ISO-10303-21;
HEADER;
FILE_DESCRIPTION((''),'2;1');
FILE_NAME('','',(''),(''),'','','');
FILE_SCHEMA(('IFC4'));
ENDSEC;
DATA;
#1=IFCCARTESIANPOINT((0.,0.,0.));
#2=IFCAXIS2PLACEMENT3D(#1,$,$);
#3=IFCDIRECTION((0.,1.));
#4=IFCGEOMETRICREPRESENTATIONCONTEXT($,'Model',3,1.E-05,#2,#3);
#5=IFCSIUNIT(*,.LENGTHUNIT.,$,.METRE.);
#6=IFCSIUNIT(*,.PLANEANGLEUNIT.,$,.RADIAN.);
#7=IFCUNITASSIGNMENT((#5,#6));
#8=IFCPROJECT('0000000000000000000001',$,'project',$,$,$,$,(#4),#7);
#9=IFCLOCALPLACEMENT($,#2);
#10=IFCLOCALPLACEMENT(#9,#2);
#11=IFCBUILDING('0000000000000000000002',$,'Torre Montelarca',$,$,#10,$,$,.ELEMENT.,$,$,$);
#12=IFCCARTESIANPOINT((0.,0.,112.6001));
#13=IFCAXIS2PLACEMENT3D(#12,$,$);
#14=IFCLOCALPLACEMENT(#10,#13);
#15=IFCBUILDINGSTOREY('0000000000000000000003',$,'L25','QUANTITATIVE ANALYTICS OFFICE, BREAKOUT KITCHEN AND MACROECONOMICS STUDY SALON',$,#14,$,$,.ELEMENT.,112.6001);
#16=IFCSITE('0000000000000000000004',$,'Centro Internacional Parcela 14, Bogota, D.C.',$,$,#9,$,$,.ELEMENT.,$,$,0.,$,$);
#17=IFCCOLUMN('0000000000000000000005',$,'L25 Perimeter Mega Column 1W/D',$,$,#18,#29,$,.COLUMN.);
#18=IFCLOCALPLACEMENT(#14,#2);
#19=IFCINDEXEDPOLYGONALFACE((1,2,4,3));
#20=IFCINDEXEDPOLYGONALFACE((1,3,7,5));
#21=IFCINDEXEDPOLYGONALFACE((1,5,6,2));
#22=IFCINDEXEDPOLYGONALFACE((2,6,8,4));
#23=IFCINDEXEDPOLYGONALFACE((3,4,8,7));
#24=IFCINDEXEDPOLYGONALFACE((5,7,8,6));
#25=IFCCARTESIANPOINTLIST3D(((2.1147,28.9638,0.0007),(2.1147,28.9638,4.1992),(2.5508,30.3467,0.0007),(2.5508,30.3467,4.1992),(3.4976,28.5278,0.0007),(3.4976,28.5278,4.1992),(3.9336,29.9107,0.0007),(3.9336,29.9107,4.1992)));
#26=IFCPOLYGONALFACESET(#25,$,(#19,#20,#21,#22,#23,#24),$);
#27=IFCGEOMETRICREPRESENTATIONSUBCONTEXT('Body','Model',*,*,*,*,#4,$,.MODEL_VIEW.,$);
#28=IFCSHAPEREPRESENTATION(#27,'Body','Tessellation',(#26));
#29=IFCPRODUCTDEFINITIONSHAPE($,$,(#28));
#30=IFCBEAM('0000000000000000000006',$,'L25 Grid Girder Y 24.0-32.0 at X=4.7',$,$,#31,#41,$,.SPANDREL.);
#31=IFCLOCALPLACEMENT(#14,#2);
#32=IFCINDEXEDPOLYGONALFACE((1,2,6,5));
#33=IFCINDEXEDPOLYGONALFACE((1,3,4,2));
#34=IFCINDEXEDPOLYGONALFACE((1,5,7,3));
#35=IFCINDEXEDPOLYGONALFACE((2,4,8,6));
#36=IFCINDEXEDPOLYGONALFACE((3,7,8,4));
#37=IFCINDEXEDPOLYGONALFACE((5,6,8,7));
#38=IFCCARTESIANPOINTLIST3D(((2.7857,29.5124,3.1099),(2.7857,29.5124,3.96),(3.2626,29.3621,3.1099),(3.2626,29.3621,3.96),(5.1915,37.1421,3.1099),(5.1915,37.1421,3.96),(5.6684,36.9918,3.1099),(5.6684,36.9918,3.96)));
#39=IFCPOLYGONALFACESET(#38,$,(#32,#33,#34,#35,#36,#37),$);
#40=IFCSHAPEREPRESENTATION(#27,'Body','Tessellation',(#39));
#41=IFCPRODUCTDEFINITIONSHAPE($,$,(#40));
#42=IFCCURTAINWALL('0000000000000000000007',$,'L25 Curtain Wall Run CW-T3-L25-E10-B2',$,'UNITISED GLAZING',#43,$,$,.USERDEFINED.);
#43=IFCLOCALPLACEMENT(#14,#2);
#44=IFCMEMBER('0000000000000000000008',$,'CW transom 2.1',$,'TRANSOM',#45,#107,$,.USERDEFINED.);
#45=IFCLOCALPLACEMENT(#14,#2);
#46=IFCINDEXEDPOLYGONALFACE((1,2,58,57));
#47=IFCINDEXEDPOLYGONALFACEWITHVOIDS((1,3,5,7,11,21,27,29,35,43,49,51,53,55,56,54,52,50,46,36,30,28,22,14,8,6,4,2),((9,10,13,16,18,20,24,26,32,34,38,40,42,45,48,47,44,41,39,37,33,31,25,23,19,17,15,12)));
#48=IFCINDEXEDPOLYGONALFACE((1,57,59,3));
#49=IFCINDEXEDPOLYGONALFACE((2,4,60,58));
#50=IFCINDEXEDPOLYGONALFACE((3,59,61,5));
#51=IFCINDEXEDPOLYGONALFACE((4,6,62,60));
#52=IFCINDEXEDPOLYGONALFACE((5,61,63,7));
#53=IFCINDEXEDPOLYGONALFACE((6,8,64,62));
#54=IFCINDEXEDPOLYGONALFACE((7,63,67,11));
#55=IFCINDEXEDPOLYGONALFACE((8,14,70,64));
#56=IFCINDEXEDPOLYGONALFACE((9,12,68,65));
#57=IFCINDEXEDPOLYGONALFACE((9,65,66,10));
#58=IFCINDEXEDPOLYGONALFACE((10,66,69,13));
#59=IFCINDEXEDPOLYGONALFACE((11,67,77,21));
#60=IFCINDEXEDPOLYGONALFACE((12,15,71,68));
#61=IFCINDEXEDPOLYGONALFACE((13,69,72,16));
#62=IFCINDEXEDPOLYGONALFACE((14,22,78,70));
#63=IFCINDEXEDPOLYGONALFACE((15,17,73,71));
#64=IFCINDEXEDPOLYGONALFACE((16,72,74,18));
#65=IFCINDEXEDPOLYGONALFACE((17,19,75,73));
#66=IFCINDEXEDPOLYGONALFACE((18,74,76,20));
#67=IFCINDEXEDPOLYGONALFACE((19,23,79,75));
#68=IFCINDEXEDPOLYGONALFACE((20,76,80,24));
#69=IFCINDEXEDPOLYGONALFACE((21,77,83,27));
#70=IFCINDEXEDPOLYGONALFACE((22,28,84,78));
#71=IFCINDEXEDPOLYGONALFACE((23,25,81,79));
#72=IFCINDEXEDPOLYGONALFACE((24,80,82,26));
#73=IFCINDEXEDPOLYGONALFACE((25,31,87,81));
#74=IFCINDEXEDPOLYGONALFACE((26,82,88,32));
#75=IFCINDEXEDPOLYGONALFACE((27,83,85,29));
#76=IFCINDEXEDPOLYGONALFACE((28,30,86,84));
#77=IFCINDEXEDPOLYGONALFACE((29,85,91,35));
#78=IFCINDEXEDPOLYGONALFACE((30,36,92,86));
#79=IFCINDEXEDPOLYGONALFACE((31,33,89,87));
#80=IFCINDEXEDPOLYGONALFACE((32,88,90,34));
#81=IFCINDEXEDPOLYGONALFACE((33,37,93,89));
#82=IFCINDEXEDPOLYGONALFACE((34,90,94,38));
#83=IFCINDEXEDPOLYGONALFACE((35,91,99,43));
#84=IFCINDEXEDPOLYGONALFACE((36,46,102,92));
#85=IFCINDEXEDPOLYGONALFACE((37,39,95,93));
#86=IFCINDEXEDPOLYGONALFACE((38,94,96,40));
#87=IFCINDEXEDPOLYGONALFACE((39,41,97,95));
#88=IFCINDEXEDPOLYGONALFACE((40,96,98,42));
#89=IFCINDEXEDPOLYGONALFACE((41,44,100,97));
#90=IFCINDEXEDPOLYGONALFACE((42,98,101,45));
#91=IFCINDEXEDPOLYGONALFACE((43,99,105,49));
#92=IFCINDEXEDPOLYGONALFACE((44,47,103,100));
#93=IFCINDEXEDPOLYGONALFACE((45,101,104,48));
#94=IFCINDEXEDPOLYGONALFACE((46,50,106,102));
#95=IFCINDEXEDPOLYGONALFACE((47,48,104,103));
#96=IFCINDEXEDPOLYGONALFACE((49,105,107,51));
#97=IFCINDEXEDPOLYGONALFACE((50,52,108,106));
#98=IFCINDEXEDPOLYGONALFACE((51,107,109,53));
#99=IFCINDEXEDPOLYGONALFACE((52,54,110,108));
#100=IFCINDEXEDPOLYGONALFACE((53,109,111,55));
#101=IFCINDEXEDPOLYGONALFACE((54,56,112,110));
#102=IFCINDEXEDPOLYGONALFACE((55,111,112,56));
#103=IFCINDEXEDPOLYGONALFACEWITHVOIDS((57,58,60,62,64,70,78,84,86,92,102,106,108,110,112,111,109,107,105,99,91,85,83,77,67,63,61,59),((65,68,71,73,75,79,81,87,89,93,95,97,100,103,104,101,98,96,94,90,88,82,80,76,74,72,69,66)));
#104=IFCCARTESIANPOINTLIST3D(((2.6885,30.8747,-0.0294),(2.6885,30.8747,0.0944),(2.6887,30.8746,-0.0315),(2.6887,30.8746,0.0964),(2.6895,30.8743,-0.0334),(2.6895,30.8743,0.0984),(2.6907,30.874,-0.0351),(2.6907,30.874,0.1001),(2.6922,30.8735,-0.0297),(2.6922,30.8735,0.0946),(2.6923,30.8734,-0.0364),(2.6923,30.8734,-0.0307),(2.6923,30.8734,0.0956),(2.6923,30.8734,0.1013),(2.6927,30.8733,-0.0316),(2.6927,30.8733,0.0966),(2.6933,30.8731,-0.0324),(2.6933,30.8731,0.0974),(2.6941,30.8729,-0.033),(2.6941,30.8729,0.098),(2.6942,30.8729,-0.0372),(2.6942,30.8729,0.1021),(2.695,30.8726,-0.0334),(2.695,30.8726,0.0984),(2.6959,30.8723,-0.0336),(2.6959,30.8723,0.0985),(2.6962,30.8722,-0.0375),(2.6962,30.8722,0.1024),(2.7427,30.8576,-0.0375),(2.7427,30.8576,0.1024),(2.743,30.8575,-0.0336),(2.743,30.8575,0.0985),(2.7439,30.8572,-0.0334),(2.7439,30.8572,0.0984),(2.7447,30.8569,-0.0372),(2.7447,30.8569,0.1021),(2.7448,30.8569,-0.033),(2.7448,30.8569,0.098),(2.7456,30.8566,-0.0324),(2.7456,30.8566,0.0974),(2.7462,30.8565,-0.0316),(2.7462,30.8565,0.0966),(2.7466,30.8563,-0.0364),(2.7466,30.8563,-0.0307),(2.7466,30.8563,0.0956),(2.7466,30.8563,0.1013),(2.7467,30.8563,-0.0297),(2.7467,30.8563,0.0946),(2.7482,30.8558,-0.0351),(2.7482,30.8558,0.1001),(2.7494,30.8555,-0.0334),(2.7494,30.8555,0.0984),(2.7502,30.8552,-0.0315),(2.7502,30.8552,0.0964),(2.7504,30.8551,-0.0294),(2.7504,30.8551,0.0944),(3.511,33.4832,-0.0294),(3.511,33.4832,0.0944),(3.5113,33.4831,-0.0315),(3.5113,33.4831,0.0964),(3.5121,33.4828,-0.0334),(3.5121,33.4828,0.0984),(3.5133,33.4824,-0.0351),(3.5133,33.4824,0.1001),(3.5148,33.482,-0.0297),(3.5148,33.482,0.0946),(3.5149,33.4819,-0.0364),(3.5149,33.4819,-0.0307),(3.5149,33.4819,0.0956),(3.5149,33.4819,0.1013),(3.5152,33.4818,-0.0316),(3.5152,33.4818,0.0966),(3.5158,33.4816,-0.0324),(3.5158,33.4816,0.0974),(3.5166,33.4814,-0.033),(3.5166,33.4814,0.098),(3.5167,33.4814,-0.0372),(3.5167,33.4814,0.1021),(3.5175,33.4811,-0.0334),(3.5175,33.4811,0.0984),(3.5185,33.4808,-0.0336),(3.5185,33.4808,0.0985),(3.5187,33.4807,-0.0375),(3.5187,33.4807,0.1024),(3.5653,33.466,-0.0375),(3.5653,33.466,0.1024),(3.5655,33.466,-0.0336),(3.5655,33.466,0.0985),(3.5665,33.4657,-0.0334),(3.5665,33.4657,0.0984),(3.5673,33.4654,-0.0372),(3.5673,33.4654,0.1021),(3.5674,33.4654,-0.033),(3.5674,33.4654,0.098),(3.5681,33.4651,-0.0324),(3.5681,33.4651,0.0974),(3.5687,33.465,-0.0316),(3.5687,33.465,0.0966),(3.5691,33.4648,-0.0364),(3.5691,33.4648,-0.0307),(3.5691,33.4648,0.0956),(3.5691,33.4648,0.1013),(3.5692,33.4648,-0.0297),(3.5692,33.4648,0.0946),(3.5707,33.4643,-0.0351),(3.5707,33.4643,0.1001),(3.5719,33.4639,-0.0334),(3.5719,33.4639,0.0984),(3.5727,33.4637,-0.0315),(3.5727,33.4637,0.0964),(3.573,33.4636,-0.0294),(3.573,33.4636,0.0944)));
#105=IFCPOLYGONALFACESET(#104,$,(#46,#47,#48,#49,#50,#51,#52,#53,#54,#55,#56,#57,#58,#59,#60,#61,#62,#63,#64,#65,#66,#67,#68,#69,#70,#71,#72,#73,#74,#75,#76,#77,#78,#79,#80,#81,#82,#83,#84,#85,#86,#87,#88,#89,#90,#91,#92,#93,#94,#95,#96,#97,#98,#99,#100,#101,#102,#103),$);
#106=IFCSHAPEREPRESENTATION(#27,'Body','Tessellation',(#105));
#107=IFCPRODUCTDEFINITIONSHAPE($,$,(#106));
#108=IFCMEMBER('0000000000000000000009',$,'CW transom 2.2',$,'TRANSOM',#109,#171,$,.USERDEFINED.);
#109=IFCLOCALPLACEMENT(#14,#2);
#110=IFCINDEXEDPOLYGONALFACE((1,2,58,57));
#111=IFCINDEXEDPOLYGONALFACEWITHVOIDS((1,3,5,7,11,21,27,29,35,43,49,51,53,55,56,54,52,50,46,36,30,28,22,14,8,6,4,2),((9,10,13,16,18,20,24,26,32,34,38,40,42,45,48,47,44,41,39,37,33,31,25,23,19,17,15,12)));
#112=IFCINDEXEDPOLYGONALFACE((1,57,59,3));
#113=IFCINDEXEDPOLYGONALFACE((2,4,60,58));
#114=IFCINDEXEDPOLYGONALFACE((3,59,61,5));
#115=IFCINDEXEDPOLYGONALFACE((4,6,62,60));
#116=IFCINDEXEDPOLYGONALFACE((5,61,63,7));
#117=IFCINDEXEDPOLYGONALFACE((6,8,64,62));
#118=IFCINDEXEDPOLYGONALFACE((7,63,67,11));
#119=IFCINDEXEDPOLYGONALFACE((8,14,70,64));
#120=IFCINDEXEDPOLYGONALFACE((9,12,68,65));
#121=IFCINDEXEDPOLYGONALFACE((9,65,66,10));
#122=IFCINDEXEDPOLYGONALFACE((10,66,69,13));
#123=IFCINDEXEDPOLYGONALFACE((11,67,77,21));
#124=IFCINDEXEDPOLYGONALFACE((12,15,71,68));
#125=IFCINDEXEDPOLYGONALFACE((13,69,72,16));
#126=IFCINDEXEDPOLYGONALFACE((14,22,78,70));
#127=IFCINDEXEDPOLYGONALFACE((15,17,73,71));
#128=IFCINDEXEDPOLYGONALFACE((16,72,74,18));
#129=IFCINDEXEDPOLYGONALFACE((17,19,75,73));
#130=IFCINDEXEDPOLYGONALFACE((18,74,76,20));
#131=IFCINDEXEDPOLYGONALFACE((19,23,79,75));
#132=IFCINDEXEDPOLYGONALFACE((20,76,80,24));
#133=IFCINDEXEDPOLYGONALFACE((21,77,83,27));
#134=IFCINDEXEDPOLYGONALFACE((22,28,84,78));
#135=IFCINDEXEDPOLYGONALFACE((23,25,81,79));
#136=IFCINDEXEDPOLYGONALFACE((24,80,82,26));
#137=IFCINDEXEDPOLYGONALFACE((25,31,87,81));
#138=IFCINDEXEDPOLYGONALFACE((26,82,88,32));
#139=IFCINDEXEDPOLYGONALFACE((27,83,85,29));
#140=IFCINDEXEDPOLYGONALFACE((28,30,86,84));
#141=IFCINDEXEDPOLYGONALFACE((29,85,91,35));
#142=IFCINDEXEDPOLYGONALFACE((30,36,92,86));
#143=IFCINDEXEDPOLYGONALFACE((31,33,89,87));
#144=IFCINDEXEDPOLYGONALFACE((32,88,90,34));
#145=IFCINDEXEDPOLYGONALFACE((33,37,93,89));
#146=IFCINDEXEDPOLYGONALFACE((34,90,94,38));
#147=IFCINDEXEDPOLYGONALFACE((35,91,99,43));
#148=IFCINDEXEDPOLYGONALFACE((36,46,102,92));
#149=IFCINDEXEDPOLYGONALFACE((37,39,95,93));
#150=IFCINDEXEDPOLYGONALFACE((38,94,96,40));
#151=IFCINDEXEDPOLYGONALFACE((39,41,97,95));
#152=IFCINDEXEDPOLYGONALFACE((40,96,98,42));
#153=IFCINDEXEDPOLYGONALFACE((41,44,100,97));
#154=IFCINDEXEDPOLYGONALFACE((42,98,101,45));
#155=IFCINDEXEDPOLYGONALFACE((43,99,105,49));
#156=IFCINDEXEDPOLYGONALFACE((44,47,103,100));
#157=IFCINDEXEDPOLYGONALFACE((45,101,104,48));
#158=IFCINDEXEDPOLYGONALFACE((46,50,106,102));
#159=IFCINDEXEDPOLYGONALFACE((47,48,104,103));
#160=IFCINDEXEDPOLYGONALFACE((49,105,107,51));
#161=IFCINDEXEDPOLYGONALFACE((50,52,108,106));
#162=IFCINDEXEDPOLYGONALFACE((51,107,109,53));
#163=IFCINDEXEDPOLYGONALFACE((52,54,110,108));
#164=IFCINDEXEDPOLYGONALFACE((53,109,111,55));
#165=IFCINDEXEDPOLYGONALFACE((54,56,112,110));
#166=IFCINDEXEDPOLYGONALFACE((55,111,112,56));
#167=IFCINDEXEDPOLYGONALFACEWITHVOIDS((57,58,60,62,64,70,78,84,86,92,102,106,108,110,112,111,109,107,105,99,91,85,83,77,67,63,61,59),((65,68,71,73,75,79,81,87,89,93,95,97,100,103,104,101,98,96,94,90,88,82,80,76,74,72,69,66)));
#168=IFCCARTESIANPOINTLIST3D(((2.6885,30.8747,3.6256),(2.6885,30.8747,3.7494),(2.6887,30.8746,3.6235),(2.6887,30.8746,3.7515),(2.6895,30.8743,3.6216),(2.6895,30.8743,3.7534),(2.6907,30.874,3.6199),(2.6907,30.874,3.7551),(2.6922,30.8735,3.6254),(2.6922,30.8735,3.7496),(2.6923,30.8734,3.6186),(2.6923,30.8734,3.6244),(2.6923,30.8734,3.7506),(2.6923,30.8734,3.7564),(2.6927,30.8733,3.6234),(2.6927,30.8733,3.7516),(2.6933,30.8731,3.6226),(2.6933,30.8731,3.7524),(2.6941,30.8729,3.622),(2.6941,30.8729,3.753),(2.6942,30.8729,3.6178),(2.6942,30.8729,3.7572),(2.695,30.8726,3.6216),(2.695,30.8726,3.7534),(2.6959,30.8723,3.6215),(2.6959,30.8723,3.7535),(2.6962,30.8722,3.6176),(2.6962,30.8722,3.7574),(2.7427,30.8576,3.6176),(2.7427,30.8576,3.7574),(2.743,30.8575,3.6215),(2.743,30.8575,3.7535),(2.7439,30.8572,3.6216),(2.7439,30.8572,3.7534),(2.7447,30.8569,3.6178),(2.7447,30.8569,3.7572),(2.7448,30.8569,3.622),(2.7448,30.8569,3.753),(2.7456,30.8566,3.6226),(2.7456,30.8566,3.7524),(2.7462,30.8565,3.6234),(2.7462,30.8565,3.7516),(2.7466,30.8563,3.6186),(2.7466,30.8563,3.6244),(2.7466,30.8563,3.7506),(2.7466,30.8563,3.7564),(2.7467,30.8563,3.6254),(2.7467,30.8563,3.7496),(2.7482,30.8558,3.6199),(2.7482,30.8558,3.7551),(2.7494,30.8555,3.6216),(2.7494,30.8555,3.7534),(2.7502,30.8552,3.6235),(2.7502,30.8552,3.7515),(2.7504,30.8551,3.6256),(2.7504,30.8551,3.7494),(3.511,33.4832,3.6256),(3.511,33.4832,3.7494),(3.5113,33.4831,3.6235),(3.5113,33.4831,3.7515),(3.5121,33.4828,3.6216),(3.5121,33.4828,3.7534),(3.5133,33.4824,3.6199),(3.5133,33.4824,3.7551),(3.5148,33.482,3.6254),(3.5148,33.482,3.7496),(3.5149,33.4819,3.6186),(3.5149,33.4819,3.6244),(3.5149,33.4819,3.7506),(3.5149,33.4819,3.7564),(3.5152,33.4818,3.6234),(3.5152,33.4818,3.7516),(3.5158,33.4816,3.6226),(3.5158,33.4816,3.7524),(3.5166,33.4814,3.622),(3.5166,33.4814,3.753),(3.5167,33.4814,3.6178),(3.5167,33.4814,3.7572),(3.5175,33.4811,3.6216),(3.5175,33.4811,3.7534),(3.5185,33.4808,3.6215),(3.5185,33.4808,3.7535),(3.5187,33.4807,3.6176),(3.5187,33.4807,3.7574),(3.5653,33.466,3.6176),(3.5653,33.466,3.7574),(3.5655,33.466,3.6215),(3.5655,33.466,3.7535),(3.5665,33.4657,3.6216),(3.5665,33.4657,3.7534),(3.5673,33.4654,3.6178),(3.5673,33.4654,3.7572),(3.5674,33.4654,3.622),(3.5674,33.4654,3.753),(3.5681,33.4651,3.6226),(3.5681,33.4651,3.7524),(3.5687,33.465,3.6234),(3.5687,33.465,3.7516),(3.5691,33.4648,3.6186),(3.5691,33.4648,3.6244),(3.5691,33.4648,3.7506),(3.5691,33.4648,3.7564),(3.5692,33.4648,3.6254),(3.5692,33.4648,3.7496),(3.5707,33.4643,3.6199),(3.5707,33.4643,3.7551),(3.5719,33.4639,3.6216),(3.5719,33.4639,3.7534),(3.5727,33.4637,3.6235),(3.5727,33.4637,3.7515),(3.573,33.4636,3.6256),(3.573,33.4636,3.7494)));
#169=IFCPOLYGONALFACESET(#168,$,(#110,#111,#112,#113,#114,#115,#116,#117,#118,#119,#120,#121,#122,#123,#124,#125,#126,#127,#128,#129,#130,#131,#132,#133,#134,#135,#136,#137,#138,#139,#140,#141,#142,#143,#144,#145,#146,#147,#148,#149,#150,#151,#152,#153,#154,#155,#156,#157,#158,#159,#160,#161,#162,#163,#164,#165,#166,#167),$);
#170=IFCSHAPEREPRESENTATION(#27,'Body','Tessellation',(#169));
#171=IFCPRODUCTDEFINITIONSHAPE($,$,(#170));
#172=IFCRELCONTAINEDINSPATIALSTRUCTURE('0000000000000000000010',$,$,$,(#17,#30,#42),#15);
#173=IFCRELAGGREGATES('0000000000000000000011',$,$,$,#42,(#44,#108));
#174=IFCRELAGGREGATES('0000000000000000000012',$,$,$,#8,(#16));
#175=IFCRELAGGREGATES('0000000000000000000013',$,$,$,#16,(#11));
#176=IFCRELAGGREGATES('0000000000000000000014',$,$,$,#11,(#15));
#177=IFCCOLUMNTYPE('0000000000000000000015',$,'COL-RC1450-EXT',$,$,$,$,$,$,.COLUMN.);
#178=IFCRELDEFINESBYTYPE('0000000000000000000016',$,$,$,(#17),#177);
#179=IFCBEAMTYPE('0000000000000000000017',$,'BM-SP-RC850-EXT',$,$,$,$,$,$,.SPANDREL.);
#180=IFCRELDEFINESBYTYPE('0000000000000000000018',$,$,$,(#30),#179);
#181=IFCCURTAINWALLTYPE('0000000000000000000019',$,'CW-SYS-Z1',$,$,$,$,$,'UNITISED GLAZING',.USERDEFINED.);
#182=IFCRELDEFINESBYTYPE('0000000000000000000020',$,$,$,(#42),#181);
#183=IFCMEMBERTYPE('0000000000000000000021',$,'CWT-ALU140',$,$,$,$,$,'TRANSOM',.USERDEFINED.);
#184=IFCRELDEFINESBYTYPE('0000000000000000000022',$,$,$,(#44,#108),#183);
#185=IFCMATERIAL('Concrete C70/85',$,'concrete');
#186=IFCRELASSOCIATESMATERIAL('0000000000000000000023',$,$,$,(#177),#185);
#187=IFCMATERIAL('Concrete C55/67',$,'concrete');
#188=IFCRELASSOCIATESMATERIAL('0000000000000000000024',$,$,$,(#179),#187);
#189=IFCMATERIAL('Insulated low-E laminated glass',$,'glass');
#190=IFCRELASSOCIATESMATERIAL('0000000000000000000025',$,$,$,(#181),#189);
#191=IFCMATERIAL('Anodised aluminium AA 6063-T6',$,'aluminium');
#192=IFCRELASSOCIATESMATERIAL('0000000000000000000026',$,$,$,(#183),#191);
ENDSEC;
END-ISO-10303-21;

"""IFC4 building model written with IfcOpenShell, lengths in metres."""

from ifc_helpers import new_model, si_unit, direction, frame, origin, origin_2d, place, context, subcontext, project, spatial, rectangle, hollow_rectangle, extrude, source, transform, mapped, material, material_profile, profile_set, type_object, element, aggregate, save


model = new_model("IFC4")

# Units and contexts
model_context = context("Model", 3, precision=1e-05, world=origin(), true_north=direction((0.0, 1.0)))
body_context = subcontext(model_context, "Body", "Model", "MODEL_VIEW")
ifc_project = project(units=[si_unit("LENGTHUNIT", "METRE"), si_unit("PLANEANGLEUNIT", "RADIAN")], contexts=[model_context])

# Site, building, storey
site_placement = place(None, origin())
site = spatial("IfcSite", under=ifc_project, at=site_placement, Name="Centro Internacional Parcela 14, Bogota, D.C.", CompositionType="ELEMENT", RefElevation=0.0)
building_placement = place(site_placement, origin())
building = spatial("IfcBuilding", under=site, at=building_placement, Name="Torre Montelarca", CompositionType="ELEMENT")
storey_placement = place(building_placement, frame((0.0, 0.0, 112.6001)))
storey = spatial("IfcBuildingStorey", under=building, at=storey_placement, Name="L25", Description="QUANTITATIVE ANALYTICS OFFICE, BREAKOUT KITCHEN AND MACROECONOMICS STUDY SALON", CompositionType="ELEMENT", Elevation=112.6001)

# Column
ifc_material_1 = material(Name="Concrete C70/85", Category="concrete")
ifc_material_profile_1 = material_profile(ifc_material_1, rectangle(XDim=1.45, YDim=1.45, at=origin_2d()), Name="RC1450X1450", Category="concrete")
ifc_profile_set_1 = profile_set([ifc_material_profile_1], Name="Concrete C70/85")
column_type = type_object("IfcColumnType", Name="COL-RC1450-EXT", PredefinedType="COLUMN", material=ifc_profile_set_1)
shared_shape_1 = source(origin(), body_context, "Body", "SweptSolid", [
    extrude(rectangle(XDim=1.45, YDim=1.45, at=origin_2d()), origin(), (0.0, 0.0, 1.0), 4.1985),
])
column_placement = place(storey_placement, frame((3.0242, 29.4373, 0.0007), z_axis=(0.0, 0.0, 1.0), x_axis=(-0.953717, 0.300706, 0.0)))
element("IfcColumn", 1, at=column_placement, inside=storey, type_object=column_type, Name="L25 Perimeter Mega Column 1W/D", PredefinedType="COLUMN", context=body_context, shape_type="MappedRepresentation", body=[
    mapped(shared_shape_1, transform((0.0, 0.0, 0.0), scale=1.0)),
])

# Beam
ifc_material_2 = material(Name="Concrete C55/67", Category="concrete")
ifc_material_profile_2 = material_profile(ifc_material_2, rectangle(XDim=0.5, YDim=0.8501, at=origin_2d()), Name="RCB500X850", Category="concrete")
ifc_profile_set_2 = profile_set([ifc_material_profile_2], Name="Concrete C55/67")
beam_type = type_object("IfcBeamType", Name="BM-SP-RC850-EXT", PredefinedType="SPANDREL", material=ifc_profile_set_2)
shared_shape_2 = source(origin(), body_context, "Body", "SweptSolid", [
    extrude(rectangle(XDim=0.5, YDim=0.8501, at=origin_2d()), origin(), (0.0, 0.0, 1.0), 8.0),
])
beam_placement = place(storey_placement, frame((3.0242, 29.4373, 3.5349), z_axis=(0.300722, 0.953712, 0.0), x_axis=(-0.953712, 0.300722, 0.0)))
element("IfcBeam", 2, at=beam_placement, inside=storey, type_object=beam_type, Name="L25 Grid Girder Y 24.0-32.0 at X=4.7", PredefinedType="SPANDREL", context=body_context, shape_type="MappedRepresentation", body=[
    mapped(shared_shape_2, transform((0.0, 0.0, 0.0), scale=1.0)),
])

# Curtain wall, members
ifc_material_3 = material(Name="Insulated low-E laminated glass", Category="glass")
curtain_wall_type = type_object("IfcCurtainWallType", Name="CW-SYS-Z1", ElementType="UNITISED GLAZING", PredefinedType="USERDEFINED", material=ifc_material_3)
curtain_wall_1_placement = place(storey_placement, origin())
curtain_wall_1 = element("IfcCurtainWall", 3, at=curtain_wall_1_placement, inside=storey, type_object=curtain_wall_type, Name="L25 Curtain Wall Run CW-T3-L25-E10-B2", ObjectType="UNITISED GLAZING", PredefinedType="USERDEFINED")
ifc_material_4 = material(Name="Anodised aluminium AA 6063-T6", Category="aluminium")
ifc_material_profile_3 = material_profile(ifc_material_4, hollow_rectangle(XDim=0.0649, YDim=0.1399, WallThickness=0.0039, InnerFilletRadius=0.0039, OuterFilletRadius=0.0081, at=origin_2d()), Name="ALU65X140X4", Category="aluminium")
ifc_profile_set_3 = profile_set([ifc_material_profile_3], Name="Anodised aluminium AA 6063-T6")
member_type_1 = type_object("IfcMemberType", Name="CWT-ALU140", ElementType="TRANSOM", PredefinedType="USERDEFINED", material=ifc_profile_set_3)
shared_shape_3 = source(origin(), body_context, "Body", "SweptSolid", [
    extrude(hollow_rectangle(XDim=0.0649, YDim=0.1399, WallThickness=0.0039, InnerFilletRadius=0.0039, OuterFilletRadius=0.0081, at=origin_2d()), origin(), (0.0, 0.0, 1.0), 2.7351),
])
member_1_placement = place(storey_placement, frame((3.542, 33.4734, 0.0325), z_axis=(-0.300734, -0.953708, 0.0), x_axis=(0.953708, -0.300734, 0.0)))
member_1 = element("IfcMember", 4, at=member_1_placement, type_object=member_type_1, Name="CW transom 2.1", ObjectType="TRANSOM", PredefinedType="USERDEFINED", context=body_context, shape_type="MappedRepresentation", body=[
    mapped(shared_shape_3, transform((0.0, 0.0, 0.0), scale=1.0)),
])
member_2_placement = place(storey_placement, frame((3.542, 33.4734, 3.6875), z_axis=(-0.300734, -0.953708, 0.0), x_axis=(0.953708, -0.300734, 0.0)))
member_2 = element("IfcMember", 5, at=member_2_placement, type_object=member_type_1, Name="CW transom 2.2", ObjectType="TRANSOM", PredefinedType="USERDEFINED", context=body_context, shape_type="MappedRepresentation", body=[
    mapped(shared_shape_3, transform((0.0, 0.0, 0.0), scale=1.0)),
])

aggregate(curtain_wall_1, [member_1, member_2])

save(model, "model.ifc")
